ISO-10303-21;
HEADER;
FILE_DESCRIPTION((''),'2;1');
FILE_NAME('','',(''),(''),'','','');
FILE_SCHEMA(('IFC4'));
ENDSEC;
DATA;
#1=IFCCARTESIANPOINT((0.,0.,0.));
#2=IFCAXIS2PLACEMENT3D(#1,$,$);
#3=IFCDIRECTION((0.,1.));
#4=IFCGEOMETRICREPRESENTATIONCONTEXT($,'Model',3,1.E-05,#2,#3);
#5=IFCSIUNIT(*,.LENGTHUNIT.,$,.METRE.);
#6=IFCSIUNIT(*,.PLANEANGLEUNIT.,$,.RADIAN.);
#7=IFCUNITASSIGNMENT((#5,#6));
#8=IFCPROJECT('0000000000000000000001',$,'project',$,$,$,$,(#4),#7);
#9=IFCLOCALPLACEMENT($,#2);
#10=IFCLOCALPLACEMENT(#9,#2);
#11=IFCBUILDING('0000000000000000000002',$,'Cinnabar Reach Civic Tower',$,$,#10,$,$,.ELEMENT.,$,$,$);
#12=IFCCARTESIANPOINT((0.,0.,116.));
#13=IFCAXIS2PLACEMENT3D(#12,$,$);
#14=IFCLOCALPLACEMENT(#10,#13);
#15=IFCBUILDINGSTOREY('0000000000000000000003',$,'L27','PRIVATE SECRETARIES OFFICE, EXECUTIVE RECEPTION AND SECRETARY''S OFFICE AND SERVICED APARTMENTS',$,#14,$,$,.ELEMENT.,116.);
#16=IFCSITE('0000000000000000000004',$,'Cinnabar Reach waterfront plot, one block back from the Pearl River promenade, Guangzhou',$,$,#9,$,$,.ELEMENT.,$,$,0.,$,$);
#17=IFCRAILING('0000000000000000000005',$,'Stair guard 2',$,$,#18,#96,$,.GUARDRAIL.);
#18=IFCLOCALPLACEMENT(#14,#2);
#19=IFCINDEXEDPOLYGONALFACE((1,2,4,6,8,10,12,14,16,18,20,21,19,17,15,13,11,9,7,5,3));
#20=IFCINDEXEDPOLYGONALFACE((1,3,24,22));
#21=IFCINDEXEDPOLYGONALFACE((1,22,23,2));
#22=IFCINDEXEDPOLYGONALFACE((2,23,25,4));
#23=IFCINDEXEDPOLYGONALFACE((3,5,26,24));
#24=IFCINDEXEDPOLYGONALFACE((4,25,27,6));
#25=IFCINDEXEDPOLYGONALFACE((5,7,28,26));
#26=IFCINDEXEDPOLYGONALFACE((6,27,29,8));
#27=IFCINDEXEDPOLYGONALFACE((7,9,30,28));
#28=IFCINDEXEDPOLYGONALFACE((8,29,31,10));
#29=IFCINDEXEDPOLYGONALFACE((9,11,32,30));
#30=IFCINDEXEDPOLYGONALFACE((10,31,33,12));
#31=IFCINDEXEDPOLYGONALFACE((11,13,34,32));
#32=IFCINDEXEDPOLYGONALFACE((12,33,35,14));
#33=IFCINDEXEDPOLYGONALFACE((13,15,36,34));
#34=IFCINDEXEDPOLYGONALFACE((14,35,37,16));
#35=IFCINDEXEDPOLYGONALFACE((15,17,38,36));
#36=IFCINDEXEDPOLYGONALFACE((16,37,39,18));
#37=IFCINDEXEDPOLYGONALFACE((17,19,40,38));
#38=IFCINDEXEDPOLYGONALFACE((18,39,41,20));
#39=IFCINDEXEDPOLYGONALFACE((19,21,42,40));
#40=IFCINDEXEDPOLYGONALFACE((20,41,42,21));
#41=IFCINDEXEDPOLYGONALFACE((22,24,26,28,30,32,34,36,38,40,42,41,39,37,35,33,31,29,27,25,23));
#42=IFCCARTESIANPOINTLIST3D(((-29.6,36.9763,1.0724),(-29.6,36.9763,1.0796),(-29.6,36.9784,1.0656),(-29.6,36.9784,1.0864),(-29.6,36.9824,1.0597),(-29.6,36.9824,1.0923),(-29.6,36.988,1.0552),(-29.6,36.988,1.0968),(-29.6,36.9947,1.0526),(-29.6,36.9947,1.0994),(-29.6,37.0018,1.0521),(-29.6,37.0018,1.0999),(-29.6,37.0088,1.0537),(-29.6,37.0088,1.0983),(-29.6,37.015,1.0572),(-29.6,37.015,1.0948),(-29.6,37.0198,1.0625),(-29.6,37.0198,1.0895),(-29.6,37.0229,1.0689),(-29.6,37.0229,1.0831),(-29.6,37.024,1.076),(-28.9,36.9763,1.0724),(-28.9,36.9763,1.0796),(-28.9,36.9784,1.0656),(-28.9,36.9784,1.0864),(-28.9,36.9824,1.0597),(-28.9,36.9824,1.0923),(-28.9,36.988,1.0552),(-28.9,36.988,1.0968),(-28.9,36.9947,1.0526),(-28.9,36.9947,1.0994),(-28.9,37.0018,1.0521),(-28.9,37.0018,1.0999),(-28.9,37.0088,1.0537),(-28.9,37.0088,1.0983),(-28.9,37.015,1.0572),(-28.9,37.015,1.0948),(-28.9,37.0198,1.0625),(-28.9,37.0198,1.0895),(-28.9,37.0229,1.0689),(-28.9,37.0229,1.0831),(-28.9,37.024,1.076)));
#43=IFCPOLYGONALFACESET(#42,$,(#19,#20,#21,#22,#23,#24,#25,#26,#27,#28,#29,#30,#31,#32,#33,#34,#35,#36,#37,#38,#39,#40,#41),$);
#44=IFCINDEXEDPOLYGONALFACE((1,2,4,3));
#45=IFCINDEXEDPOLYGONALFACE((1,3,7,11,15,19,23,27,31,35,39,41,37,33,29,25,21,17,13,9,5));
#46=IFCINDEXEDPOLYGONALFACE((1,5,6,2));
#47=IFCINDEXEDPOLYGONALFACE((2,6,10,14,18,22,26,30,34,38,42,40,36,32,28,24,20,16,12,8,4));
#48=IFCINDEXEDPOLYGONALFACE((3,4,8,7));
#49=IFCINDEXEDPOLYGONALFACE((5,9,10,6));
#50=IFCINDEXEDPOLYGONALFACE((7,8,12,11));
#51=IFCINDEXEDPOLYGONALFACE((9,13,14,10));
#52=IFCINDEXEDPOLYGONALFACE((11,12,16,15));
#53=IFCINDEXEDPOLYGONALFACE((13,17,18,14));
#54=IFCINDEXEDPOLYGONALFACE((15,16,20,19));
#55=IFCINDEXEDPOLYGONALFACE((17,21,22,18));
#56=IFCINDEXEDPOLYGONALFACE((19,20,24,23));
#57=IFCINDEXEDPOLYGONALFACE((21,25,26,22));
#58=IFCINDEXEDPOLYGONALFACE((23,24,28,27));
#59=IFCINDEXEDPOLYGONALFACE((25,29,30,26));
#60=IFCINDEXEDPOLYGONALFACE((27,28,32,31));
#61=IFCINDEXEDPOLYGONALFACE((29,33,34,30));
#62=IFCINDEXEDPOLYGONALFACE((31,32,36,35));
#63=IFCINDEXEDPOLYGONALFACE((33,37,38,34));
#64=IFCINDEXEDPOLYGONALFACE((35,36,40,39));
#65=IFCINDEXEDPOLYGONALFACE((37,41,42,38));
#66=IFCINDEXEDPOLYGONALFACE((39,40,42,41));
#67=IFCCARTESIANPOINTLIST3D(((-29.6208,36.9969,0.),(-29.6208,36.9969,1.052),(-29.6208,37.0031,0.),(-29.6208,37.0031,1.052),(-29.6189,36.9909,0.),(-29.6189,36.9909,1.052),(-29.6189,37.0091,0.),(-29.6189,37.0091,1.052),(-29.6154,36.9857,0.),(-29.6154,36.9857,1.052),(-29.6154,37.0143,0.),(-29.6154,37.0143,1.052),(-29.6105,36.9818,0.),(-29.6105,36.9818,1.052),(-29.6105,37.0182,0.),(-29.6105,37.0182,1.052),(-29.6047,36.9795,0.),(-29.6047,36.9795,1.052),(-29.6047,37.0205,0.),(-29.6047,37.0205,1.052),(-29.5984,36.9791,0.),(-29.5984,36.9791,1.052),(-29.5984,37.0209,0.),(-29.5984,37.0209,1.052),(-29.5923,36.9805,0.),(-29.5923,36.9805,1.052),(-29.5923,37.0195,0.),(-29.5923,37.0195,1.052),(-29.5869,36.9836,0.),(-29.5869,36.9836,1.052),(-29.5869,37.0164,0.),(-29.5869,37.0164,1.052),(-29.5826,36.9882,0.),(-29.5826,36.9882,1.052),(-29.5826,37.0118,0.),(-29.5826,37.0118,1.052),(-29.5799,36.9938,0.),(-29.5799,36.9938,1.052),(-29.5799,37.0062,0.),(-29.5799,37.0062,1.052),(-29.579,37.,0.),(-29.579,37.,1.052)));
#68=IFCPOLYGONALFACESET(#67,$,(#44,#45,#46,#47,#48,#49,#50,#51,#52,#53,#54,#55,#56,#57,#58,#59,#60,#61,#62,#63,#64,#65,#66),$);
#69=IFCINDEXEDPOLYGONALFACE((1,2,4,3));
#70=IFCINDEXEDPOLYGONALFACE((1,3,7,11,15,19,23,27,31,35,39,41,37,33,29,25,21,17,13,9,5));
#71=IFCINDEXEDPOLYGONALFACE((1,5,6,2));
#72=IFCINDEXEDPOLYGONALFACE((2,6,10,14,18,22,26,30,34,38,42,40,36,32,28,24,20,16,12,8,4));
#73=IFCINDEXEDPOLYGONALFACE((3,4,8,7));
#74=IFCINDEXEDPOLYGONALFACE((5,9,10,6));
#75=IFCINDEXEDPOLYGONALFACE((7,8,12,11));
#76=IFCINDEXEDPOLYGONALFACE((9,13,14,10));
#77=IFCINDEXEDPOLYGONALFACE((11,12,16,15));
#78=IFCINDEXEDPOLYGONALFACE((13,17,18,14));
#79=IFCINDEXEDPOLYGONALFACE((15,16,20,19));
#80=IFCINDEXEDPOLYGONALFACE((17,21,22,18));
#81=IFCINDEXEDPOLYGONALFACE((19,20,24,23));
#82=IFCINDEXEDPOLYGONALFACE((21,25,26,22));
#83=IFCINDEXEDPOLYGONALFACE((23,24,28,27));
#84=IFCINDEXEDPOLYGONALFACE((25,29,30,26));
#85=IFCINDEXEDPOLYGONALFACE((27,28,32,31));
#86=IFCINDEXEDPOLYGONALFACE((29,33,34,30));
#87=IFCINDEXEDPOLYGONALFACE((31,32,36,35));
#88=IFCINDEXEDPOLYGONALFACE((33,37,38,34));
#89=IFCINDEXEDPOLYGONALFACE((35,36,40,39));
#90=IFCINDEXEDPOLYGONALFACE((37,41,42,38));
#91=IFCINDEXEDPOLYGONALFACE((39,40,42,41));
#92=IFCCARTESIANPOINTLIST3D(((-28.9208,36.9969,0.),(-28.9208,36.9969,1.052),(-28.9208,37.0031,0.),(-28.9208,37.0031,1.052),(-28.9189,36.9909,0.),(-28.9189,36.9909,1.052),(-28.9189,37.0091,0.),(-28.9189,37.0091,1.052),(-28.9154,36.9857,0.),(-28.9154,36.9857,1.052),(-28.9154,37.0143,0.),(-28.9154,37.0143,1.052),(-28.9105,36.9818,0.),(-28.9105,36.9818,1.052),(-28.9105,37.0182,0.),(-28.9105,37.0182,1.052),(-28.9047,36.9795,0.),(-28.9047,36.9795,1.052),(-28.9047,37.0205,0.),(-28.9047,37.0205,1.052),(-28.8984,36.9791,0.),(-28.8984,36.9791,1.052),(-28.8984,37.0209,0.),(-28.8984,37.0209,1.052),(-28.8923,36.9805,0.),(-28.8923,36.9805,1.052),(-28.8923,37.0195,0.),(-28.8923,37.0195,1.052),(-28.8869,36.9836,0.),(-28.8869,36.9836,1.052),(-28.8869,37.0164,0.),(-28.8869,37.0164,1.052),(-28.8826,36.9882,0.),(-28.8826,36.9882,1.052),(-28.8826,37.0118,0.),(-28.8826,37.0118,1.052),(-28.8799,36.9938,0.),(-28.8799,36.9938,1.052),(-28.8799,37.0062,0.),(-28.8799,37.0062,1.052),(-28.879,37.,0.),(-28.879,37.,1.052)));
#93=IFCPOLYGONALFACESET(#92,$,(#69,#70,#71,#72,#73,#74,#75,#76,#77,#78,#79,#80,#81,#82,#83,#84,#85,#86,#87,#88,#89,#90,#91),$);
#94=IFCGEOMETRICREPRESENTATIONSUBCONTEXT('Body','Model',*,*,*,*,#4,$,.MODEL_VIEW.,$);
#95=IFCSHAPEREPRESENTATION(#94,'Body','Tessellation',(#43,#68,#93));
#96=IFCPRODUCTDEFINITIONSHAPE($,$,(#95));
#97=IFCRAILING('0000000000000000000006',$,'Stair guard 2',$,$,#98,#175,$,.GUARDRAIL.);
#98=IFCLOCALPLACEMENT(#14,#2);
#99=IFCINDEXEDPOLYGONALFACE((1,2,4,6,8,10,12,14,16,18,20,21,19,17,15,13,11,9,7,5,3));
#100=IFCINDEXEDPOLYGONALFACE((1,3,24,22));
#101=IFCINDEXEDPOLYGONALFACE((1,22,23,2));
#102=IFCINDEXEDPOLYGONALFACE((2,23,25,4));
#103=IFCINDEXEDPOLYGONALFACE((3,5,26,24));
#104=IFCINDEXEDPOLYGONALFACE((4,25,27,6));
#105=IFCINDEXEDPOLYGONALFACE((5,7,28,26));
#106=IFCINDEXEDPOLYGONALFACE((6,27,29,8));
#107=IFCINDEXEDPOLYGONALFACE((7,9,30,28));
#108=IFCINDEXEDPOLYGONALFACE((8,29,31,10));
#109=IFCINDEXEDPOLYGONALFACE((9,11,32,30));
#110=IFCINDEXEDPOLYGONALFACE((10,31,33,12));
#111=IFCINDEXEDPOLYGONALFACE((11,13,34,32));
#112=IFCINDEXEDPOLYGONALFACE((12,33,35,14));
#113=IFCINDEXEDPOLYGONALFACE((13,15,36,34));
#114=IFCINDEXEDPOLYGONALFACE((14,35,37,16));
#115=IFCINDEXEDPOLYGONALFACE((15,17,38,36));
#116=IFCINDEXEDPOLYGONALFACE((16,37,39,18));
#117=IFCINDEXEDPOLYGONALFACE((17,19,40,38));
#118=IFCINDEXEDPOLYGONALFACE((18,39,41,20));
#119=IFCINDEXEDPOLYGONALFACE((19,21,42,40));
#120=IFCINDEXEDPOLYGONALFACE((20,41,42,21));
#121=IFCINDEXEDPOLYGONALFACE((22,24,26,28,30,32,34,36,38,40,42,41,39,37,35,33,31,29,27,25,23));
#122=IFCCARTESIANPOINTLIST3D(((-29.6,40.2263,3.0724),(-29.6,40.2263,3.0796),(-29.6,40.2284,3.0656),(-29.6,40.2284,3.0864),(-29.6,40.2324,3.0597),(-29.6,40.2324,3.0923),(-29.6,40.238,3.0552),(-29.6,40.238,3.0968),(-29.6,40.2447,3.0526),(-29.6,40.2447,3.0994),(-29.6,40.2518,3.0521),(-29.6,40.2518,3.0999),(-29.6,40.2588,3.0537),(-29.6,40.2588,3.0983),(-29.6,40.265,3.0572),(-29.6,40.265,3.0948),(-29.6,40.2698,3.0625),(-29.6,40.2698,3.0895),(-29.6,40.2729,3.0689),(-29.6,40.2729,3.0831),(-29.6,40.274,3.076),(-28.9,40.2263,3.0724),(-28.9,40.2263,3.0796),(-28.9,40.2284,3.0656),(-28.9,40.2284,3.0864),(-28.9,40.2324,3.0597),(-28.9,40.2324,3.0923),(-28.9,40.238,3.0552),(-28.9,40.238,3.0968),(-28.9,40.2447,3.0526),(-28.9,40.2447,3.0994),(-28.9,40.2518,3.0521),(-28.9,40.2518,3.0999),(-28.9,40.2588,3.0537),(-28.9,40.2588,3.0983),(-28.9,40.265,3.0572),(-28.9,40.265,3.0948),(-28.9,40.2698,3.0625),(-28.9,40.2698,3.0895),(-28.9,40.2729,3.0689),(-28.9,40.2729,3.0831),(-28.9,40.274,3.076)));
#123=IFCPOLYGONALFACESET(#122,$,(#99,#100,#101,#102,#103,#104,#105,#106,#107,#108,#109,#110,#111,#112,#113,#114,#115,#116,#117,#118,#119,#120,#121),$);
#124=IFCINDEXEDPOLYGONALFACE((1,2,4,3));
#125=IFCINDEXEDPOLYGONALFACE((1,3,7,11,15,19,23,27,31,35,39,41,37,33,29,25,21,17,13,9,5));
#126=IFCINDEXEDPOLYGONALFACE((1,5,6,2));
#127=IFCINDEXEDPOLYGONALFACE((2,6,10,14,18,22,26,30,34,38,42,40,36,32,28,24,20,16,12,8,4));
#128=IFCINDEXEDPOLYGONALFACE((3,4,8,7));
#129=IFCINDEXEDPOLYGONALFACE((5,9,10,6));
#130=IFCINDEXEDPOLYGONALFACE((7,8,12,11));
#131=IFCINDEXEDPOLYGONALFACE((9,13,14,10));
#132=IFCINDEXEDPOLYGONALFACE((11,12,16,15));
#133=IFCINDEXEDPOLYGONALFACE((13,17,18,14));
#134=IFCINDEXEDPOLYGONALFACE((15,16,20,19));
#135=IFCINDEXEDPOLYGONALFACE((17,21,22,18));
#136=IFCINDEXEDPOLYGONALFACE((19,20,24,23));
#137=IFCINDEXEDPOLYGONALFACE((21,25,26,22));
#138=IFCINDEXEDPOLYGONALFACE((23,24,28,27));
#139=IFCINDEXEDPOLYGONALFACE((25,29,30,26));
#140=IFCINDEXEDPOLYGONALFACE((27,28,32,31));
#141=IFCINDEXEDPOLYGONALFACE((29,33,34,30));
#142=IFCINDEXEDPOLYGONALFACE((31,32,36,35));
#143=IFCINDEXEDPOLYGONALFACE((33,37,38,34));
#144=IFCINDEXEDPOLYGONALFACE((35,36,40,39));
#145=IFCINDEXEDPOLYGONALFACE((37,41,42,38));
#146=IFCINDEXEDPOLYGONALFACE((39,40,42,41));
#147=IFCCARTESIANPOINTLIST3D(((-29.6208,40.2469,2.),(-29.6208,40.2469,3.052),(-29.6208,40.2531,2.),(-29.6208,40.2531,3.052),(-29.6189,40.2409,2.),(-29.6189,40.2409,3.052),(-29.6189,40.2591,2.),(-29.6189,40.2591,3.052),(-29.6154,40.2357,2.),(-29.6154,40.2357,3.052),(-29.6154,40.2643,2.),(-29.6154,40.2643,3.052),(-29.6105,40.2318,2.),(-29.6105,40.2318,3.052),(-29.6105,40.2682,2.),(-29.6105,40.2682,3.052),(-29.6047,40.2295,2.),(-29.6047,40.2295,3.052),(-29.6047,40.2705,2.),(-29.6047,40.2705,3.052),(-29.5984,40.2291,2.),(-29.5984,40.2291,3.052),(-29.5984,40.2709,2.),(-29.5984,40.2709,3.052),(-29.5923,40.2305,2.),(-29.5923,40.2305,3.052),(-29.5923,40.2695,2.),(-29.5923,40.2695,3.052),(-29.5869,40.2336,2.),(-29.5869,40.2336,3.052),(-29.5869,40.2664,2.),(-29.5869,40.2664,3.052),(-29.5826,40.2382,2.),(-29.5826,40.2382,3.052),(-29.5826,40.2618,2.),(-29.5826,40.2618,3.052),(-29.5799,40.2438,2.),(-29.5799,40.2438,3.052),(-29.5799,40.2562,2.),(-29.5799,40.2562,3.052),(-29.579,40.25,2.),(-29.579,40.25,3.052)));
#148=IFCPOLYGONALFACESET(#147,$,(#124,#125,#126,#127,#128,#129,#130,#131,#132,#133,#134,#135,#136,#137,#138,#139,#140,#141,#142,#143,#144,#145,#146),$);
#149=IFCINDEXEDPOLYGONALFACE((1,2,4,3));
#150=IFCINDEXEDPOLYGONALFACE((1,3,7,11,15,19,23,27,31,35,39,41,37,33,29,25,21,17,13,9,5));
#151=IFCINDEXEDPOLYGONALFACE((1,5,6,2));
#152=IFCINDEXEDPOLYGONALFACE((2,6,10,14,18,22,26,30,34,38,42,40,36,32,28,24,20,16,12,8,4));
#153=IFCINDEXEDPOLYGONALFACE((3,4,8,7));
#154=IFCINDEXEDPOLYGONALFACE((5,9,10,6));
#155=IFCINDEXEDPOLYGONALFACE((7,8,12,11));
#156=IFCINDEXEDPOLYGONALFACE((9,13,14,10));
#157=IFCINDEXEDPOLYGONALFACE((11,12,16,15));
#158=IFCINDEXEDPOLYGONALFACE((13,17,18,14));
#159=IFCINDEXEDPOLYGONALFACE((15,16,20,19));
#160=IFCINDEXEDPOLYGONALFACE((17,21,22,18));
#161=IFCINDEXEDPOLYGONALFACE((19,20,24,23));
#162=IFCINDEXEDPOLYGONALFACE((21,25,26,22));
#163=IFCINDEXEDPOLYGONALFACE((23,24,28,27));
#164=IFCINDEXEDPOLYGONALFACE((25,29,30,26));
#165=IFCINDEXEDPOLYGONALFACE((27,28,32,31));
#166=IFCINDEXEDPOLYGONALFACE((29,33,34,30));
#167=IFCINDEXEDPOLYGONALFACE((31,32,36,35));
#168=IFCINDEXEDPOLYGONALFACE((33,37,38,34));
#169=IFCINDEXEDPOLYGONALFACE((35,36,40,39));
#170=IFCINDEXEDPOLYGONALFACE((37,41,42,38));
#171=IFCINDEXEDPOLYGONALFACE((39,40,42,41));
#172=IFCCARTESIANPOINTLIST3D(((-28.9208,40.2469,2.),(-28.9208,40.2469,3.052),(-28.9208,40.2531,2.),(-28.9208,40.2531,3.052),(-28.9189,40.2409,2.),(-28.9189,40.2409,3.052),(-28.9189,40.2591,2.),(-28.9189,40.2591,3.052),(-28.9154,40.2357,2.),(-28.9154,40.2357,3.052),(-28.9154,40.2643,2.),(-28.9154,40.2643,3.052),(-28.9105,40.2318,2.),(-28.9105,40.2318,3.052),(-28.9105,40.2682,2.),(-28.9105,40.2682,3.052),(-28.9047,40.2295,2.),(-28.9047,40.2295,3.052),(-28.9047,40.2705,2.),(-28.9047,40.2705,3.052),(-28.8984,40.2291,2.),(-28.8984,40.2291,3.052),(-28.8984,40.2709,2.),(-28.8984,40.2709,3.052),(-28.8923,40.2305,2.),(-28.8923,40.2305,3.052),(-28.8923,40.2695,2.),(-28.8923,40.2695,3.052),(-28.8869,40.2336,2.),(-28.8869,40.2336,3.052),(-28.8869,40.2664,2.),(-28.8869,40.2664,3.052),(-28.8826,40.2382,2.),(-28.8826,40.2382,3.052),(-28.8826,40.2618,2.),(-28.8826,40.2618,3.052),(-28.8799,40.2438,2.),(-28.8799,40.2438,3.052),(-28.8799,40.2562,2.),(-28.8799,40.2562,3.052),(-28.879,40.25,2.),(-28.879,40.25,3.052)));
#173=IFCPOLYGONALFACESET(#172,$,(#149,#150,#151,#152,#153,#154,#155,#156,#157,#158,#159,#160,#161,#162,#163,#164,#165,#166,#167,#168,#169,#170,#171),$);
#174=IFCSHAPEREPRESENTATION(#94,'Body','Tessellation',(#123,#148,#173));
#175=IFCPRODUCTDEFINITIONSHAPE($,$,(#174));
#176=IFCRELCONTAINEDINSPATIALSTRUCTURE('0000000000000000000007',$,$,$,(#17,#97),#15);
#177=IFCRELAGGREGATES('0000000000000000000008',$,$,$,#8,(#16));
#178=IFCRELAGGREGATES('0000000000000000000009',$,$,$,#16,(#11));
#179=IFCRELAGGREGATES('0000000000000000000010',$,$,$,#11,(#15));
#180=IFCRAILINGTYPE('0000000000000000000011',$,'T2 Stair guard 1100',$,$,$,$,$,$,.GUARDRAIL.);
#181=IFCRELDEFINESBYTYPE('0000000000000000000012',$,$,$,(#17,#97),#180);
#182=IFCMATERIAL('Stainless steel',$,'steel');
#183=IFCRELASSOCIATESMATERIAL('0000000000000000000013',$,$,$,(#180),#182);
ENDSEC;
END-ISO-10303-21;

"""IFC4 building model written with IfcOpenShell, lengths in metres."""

from ifc_helpers import new_model, si_unit, direction, frame, origin, origin_2d, place, context, subcontext, project, spatial, circle, extrude, material, type_object, element, save


model = new_model("IFC4")

# Units and contexts
model_context = context("Model", 3, precision=1e-05, world=origin(), true_north=direction((0.0, 1.0)))
body_context = subcontext(model_context, "Body", "Model", "MODEL_VIEW")
ifc_project = project(units=[si_unit("LENGTHUNIT", "METRE"), si_unit("PLANEANGLEUNIT", "RADIAN")], contexts=[model_context])

# Site, building, storey
site_placement = place(None, origin())
site = spatial("IfcSite", under=ifc_project, at=site_placement, Name="Cinnabar Reach waterfront plot, one block back from the Pearl River promenade, Guangzhou", CompositionType="ELEMENT", RefElevation=0.0)
building_placement = place(site_placement, origin())
building = spatial("IfcBuilding", under=site, at=building_placement, Name="Cinnabar Reach Civic Tower", CompositionType="ELEMENT")
storey_placement = place(building_placement, frame((0.0, 0.0, 116.0)))
storey = spatial("IfcBuildingStorey", under=building, at=storey_placement, Name="L27", Description="PRIVATE SECRETARIES OFFICE, EXECUTIVE RECEPTION AND SECRETARY'S OFFICE AND SERVICED APARTMENTS", CompositionType="ELEMENT", Elevation=116.0)

# Railings
ifc_material_1 = material(Name="Stainless steel", Category="steel")
railing_type = type_object("IfcRailingType", Name="T2 Stair guard 1100", PredefinedType="GUARDRAIL", material=ifc_material_1)
for number, where, name in (
    (1, (-29.6, 37.0, 0.0), "Stair guard 2"),
    (2, (-29.6, 40.25, 2.0), "Stair guard 2"),
):
    element("IfcRailing", number, at=place(storey_placement, frame(where)), inside=storey, type_object=railing_type, Name=name, PredefinedType="GUARDRAIL", context=body_context, shape_type="SweptSolid", body=[
        extrude(circle(Radius=0.024, at=origin_2d()), frame((0.0, 0.0, 1.076), z_axis=(1.0, 0.0, 0.0), x_axis=(0.0, 1.0, 0.0)), (0.0, 0.0, 1.0), 0.7),
        extrude(circle(Radius=0.021, at=origin_2d()), origin(), (0.0, 0.0, 1.0), 1.052),
        extrude(circle(Radius=0.021, at=origin_2d()), frame((0.7, 0.0, 0.0)), (0.0, 0.0, 1.0), 1.052),
    ])

save(model, "model.ifc")
